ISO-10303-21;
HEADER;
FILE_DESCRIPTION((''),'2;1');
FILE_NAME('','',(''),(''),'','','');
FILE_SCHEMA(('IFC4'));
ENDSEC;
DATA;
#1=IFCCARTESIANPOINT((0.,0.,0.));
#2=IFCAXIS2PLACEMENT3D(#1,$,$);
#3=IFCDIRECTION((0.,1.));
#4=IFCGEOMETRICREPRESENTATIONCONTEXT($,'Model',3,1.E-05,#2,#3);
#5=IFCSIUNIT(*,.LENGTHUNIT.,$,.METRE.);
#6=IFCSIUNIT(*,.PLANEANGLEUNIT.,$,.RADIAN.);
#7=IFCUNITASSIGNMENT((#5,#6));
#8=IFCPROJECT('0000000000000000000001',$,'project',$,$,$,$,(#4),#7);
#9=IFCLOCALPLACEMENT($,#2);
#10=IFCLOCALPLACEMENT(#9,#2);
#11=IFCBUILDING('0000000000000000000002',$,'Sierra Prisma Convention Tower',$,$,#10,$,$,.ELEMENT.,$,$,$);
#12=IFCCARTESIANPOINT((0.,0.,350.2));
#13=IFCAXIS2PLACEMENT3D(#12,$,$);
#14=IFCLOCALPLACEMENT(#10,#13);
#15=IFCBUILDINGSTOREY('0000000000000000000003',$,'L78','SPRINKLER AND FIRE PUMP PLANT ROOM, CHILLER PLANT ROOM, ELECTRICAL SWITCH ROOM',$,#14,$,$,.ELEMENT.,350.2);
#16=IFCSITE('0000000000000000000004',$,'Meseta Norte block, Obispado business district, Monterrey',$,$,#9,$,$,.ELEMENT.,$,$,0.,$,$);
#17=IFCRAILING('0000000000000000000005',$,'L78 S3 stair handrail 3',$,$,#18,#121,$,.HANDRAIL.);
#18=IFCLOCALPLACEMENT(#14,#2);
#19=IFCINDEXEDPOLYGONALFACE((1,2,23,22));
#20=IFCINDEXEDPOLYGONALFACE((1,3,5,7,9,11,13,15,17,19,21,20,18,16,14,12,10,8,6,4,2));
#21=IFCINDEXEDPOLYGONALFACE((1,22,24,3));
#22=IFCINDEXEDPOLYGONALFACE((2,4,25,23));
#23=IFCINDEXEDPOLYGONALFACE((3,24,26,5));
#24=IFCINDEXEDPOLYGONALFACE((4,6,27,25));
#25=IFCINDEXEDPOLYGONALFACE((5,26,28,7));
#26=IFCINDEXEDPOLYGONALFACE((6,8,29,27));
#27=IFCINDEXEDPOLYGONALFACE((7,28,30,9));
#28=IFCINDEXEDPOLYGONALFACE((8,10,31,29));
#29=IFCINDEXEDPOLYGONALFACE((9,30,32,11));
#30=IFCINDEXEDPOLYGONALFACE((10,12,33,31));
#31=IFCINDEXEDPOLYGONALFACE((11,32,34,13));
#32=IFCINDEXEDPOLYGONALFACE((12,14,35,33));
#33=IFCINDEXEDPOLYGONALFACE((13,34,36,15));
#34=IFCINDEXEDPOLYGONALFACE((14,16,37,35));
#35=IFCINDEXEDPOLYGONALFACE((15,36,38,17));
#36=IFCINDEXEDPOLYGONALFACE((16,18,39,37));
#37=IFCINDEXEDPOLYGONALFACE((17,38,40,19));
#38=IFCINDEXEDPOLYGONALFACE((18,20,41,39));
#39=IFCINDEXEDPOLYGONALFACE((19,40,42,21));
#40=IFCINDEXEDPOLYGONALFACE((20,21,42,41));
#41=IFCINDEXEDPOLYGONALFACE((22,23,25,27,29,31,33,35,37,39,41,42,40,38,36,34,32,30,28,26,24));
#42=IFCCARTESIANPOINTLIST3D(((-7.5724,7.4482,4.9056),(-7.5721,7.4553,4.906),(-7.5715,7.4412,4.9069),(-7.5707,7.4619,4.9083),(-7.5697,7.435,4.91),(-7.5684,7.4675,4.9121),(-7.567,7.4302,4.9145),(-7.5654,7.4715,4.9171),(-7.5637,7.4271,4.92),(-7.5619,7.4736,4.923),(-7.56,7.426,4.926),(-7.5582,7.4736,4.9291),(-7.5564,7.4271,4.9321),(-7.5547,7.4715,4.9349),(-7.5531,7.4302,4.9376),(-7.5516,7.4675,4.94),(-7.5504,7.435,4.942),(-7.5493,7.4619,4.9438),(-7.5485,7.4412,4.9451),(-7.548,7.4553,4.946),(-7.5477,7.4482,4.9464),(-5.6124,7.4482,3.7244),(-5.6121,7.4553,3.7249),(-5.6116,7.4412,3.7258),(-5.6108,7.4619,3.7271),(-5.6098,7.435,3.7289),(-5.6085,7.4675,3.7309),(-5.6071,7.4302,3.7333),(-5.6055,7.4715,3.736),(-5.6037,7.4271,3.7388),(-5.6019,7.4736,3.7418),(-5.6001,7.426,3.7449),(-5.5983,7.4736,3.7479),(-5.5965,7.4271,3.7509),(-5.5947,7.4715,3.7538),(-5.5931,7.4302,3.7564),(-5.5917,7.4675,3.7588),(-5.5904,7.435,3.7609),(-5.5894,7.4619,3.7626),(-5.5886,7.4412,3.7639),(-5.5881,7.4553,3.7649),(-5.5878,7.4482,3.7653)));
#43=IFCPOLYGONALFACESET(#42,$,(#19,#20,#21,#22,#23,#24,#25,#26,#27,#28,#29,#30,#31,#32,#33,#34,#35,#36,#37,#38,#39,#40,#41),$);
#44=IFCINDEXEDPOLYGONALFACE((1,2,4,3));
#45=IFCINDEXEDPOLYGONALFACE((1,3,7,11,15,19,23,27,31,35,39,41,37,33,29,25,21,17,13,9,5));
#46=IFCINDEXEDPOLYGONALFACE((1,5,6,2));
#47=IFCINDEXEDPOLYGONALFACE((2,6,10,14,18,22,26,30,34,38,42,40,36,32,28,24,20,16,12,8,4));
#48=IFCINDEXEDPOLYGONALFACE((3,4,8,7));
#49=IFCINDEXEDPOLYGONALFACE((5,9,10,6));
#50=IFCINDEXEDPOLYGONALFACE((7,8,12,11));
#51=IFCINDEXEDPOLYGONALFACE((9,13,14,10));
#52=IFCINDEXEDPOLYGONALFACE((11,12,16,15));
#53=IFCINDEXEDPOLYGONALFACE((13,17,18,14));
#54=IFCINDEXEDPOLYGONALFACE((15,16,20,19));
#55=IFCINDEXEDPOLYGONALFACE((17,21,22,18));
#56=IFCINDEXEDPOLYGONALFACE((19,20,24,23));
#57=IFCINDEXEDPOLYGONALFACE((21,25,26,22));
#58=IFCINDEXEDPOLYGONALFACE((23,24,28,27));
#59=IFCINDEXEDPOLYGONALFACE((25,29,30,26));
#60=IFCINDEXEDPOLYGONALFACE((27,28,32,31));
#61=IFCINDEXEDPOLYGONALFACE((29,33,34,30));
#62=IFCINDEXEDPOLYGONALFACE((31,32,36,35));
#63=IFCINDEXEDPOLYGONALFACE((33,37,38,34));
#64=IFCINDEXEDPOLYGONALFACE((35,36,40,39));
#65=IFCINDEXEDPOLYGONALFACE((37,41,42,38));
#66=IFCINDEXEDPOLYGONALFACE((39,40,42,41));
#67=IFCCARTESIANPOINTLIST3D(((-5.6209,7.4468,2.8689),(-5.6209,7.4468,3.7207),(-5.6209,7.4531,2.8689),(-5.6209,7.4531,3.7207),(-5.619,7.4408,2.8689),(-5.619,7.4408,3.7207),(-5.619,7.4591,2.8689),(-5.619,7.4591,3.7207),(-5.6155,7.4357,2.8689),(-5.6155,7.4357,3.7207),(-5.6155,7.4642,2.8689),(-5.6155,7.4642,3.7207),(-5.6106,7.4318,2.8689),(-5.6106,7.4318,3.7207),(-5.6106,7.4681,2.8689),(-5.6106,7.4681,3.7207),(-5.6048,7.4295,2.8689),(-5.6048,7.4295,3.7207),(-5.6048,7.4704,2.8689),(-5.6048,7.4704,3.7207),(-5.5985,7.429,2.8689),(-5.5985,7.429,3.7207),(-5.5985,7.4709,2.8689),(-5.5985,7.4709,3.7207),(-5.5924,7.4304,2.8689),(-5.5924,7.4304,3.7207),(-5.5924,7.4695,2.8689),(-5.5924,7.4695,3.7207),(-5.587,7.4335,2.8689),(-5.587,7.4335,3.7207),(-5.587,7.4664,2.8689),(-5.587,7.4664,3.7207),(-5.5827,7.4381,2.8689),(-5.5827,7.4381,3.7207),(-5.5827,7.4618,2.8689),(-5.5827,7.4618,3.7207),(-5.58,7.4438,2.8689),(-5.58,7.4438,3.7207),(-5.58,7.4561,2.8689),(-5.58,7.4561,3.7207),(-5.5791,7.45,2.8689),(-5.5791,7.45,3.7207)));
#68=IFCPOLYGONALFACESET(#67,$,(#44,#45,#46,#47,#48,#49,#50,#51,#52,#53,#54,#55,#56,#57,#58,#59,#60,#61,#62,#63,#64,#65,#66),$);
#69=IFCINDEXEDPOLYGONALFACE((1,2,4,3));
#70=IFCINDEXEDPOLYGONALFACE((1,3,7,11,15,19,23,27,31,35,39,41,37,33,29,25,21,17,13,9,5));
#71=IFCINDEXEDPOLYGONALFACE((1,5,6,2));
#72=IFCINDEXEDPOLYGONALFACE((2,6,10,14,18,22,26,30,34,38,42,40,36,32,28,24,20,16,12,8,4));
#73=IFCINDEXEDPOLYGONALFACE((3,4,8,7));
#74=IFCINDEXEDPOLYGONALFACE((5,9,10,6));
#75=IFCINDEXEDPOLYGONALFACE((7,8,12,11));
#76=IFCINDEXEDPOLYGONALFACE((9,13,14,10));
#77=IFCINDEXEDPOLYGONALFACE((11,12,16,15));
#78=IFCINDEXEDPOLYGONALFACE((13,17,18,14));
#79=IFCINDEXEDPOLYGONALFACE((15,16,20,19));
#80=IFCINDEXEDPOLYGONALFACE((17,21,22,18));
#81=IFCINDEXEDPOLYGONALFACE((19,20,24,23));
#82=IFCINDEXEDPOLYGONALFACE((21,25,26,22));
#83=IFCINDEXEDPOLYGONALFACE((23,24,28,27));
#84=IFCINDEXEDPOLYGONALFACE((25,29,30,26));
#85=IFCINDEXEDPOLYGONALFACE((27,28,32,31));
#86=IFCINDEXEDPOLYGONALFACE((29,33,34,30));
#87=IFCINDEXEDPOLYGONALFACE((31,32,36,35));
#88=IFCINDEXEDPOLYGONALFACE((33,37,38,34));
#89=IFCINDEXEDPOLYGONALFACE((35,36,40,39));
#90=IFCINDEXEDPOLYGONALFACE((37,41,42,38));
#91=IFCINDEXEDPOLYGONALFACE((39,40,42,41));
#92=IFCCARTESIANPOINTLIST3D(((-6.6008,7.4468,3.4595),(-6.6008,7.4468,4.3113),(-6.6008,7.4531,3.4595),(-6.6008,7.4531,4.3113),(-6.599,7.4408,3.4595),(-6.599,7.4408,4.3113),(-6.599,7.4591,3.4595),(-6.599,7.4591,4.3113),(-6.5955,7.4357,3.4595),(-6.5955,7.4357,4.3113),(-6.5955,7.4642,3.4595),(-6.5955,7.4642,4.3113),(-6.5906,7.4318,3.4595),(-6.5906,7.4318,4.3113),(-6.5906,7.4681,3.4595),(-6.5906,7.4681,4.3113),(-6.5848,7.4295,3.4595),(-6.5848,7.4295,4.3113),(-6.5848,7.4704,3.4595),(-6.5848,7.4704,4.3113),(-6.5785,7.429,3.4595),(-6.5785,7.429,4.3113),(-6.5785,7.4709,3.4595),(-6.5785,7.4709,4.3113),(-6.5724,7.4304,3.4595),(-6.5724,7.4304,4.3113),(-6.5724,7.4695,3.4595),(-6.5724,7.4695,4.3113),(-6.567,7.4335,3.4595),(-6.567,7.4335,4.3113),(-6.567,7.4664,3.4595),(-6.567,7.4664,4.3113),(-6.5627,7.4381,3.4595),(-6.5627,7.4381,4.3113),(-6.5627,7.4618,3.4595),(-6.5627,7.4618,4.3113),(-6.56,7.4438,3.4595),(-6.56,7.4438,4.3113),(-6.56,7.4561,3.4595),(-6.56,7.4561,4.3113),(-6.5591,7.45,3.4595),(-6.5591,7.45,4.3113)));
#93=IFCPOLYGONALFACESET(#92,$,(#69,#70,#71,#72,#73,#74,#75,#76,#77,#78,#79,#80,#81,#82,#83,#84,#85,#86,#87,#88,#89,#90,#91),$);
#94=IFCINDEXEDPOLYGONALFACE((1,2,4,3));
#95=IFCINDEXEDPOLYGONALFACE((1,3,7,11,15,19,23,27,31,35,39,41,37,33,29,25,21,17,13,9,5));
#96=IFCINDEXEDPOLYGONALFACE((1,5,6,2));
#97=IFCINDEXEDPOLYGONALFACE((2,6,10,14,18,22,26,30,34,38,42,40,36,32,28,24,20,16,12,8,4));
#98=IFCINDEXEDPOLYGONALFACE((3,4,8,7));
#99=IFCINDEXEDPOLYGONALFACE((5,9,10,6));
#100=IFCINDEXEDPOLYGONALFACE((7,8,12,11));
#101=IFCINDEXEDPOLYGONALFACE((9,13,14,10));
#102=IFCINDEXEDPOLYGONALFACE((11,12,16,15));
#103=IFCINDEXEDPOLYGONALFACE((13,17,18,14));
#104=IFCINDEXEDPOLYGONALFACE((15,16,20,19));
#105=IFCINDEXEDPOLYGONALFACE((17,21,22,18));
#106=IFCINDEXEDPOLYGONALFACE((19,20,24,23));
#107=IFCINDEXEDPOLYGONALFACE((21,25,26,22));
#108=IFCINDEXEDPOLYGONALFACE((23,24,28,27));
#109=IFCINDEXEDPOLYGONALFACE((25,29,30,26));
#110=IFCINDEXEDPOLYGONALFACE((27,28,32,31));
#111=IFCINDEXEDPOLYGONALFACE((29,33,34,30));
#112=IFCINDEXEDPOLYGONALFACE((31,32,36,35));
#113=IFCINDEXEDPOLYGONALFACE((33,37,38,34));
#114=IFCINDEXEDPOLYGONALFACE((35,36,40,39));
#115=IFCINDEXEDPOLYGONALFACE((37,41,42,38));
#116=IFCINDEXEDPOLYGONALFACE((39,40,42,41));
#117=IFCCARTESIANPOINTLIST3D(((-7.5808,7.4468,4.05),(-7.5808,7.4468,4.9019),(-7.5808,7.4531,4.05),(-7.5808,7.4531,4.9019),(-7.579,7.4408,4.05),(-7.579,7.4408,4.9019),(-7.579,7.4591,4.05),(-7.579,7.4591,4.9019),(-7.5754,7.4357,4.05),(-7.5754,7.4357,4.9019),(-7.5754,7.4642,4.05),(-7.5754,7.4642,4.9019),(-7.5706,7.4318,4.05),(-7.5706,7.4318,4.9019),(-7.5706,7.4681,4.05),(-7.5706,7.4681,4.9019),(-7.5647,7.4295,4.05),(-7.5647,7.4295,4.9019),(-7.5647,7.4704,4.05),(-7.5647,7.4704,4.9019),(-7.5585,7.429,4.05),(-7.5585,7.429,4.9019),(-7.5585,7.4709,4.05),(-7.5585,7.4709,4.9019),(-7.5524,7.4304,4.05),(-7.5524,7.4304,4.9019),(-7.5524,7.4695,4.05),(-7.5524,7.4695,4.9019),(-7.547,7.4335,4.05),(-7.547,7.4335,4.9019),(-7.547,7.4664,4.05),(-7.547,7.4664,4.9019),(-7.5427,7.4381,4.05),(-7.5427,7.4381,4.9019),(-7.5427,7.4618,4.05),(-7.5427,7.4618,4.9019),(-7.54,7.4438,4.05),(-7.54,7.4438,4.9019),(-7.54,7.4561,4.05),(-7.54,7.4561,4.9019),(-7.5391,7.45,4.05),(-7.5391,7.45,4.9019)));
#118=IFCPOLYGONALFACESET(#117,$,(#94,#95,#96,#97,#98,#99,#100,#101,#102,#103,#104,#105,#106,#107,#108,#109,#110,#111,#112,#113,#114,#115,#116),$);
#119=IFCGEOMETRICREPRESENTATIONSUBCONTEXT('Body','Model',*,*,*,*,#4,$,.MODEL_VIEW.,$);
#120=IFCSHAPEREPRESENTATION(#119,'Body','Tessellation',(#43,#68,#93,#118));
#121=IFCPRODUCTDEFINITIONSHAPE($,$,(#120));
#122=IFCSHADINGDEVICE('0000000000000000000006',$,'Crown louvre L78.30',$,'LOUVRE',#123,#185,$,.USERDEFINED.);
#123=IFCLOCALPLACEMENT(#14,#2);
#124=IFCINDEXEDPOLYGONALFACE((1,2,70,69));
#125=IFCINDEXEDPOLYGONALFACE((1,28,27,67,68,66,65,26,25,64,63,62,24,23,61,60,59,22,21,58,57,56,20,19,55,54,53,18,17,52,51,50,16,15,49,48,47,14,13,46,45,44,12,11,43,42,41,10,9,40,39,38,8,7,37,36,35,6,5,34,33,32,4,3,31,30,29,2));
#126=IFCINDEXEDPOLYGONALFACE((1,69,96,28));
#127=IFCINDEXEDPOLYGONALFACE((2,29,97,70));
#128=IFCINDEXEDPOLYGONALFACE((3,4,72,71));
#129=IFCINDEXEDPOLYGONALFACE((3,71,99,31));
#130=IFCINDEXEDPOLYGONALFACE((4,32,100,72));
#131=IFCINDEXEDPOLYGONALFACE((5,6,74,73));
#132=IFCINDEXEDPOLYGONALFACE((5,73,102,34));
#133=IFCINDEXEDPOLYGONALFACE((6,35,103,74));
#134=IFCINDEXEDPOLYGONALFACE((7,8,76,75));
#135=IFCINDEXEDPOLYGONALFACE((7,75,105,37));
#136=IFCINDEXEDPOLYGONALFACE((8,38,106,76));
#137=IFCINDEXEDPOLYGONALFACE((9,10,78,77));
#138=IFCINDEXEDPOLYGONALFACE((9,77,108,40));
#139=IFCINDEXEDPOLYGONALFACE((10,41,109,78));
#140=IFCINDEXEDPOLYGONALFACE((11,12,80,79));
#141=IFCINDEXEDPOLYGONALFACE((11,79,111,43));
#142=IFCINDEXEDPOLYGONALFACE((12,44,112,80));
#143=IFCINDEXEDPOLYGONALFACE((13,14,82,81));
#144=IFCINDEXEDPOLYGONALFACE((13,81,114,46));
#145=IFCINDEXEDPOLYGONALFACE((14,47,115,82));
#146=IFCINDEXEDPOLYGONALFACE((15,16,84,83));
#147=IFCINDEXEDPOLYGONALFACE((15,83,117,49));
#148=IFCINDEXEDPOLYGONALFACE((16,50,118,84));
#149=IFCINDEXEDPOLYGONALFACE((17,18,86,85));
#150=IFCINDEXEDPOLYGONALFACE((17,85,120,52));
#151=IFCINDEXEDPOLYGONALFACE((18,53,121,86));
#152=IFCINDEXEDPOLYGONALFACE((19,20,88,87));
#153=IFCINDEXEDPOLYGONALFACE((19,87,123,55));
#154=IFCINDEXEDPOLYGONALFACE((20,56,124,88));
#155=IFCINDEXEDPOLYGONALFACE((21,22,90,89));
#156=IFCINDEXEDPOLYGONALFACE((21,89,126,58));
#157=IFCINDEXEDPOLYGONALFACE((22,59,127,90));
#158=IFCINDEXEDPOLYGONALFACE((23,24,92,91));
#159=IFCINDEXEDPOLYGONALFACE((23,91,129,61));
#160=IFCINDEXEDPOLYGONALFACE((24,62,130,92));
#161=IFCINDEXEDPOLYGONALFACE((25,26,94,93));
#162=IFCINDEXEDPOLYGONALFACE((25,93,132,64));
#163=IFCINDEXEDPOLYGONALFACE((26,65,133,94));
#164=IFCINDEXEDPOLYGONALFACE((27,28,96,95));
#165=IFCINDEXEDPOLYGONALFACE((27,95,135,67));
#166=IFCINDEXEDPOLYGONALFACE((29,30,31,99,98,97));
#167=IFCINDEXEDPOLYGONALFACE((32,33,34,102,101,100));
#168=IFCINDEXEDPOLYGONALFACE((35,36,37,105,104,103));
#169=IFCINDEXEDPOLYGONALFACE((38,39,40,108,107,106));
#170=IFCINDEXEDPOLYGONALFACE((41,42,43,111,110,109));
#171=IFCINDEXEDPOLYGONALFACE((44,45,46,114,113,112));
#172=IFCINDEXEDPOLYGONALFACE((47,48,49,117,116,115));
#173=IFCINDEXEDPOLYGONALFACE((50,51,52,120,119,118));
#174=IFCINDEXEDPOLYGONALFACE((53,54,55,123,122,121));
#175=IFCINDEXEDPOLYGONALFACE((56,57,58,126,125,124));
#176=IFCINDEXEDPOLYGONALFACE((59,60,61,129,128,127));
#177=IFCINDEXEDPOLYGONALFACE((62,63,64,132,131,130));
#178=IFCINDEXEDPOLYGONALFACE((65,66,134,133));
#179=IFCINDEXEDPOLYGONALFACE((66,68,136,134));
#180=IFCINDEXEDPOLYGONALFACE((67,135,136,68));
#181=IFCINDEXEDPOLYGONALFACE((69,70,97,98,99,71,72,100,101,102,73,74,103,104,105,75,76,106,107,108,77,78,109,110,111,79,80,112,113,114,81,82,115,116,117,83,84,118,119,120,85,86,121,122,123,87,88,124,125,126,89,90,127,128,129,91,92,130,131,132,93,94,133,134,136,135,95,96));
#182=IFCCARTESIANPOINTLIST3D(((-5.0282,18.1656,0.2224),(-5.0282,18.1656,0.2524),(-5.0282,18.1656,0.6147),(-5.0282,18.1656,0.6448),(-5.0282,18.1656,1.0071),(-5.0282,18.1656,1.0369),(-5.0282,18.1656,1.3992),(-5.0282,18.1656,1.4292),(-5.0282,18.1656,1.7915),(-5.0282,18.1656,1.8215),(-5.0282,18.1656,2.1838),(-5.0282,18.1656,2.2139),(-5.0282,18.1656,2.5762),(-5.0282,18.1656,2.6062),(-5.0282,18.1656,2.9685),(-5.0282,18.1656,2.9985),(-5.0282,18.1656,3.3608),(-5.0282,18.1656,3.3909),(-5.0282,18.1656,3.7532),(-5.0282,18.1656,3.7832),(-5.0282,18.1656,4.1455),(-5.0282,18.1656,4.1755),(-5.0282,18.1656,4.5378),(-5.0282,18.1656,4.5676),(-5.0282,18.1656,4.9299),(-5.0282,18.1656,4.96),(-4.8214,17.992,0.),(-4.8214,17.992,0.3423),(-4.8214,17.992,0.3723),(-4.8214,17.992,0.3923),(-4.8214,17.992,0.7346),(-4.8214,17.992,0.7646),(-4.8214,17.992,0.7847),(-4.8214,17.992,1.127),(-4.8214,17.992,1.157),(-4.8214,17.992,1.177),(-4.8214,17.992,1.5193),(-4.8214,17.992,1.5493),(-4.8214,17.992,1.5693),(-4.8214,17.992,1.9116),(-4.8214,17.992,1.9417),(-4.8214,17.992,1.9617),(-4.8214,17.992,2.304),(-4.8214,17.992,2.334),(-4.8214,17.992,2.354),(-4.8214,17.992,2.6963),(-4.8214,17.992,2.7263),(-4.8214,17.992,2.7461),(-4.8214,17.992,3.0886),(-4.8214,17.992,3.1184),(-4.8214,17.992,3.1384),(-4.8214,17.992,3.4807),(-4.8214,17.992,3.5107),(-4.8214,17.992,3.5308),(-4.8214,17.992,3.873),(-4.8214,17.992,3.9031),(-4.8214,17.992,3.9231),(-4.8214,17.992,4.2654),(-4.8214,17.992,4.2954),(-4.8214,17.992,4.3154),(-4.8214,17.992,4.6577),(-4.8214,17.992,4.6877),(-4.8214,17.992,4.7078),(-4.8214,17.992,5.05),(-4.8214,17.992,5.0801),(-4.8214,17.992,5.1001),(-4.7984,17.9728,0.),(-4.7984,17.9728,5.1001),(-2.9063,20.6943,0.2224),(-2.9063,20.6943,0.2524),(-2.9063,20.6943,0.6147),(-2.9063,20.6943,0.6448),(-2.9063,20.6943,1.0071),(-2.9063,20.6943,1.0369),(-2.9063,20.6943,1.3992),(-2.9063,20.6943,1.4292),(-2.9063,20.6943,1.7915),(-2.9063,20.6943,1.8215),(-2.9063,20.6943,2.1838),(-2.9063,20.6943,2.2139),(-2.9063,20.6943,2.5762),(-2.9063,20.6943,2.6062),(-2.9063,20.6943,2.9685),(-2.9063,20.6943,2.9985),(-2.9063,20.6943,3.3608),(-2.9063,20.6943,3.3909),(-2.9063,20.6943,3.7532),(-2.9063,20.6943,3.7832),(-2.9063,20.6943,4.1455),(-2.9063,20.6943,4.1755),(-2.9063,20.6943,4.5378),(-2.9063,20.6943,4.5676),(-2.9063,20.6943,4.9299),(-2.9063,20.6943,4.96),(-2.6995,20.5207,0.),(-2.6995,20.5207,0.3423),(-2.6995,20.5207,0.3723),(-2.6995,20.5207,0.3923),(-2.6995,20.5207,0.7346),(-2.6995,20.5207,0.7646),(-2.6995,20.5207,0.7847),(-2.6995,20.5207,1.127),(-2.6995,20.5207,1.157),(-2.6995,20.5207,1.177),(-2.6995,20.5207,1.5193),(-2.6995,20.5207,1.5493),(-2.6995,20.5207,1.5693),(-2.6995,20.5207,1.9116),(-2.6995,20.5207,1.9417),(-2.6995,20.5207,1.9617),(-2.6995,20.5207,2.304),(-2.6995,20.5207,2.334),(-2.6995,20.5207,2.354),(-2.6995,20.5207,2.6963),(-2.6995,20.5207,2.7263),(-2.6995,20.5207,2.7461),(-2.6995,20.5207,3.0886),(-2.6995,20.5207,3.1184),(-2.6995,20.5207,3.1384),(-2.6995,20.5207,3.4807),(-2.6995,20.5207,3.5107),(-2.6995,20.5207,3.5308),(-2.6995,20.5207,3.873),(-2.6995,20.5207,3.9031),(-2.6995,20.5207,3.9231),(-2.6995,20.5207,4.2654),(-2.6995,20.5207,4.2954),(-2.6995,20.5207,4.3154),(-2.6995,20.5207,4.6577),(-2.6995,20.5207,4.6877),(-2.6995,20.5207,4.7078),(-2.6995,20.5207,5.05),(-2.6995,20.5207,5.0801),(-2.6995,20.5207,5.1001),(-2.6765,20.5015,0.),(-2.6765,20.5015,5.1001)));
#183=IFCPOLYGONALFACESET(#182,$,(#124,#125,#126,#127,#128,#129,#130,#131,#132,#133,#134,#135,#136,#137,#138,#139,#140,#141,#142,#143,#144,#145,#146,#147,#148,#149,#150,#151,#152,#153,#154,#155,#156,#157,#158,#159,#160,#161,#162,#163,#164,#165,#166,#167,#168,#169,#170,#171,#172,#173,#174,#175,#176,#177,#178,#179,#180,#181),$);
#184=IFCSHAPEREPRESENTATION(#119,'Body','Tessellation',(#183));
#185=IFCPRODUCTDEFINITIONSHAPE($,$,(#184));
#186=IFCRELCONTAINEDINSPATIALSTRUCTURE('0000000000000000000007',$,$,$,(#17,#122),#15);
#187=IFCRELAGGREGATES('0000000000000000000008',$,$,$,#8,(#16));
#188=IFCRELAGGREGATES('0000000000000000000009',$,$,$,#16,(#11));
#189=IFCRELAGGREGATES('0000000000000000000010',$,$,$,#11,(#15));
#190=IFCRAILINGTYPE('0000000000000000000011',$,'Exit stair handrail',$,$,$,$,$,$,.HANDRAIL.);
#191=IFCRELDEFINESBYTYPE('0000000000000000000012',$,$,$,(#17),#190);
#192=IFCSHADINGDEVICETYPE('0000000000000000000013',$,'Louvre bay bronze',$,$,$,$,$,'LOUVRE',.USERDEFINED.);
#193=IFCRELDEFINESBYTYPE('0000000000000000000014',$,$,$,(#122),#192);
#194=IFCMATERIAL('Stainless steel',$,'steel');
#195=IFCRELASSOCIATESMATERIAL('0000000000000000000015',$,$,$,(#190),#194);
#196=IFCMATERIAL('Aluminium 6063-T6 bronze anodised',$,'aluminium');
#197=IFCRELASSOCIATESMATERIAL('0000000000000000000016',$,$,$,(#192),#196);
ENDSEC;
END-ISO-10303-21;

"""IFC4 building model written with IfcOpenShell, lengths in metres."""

from ifc_helpers import new_model, si_unit, direction, frame, origin, origin_2d, place, context, subcontext, project, spatial, polyline, circle, outline, extrude, material, type_object, element, save


model = new_model("IFC4")

# Units and contexts
model_context = context("Model", 3, precision=1e-05, world=origin(), true_north=direction((0.0, 1.0)))
body_context = subcontext(model_context, "Body", "Model", "MODEL_VIEW")
ifc_project = project(units=[si_unit("LENGTHUNIT", "METRE"), si_unit("PLANEANGLEUNIT", "RADIAN")], contexts=[model_context])

# Site, building, storey
site_placement = place(None, origin())
site = spatial("IfcSite", under=ifc_project, at=site_placement, Name="Meseta Norte block, Obispado business district, Monterrey", CompositionType="ELEMENT", RefElevation=0.0)
building_placement = place(site_placement, origin())
building = spatial("IfcBuilding", under=site, at=building_placement, Name="Sierra Prisma Convention Tower", CompositionType="ELEMENT")
storey_placement = place(building_placement, frame((0.0, 0.0, 350.2)))
storey = spatial("IfcBuildingStorey", under=building, at=storey_placement, Name="L78", Description="SPRINKLER AND FIRE PUMP PLANT ROOM, CHILLER PLANT ROOM, ELECTRICAL SWITCH ROOM", CompositionType="ELEMENT", Elevation=350.2)

# Railing
ifc_material_1 = material(Name="Stainless steel", Category="steel")
railing_type_1 = type_object("IfcRailingType", Name="Exit stair handrail", PredefinedType="HANDRAIL", material=ifc_material_1)
railing_1_placement = place(storey_placement, frame((-5.6001, 7.45, 2.8689)))
element("IfcRailing", 1, at=railing_1_placement, inside=storey, type_object=railing_type_1, Name="L78 S3 stair handrail 3", PredefinedType="HANDRAIL", context=body_context, shape_type="SweptSolid", body=[
    extrude(circle(Radius=0.0239, at=origin_2d()), frame((0.0, 0.0, 0.876), z_axis=(-0.856493, 0.0, 0.516158), x_axis=(0.0, -1.0, 0.0)), (0.0, 0.0, 1.0), 2.2883),
    extrude(circle(Radius=0.021, at=origin_2d()), origin(), (0.0, 0.0, 1.0), 0.8518),
    extrude(circle(Radius=0.021, at=origin_2d()), frame((-0.98, 0.0, 0.5906)), (0.0, 0.0, 1.0), 0.8518),
    extrude(circle(Radius=0.021, at=origin_2d()), frame((-1.96, 0.0, 1.1812)), (0.0, 0.0, 1.0), 0.8518),
])

# Shading device
ifc_material_2 = material(Name="Aluminium 6063-T6 bronze anodised", Category="aluminium")
shading_device_type = type_object("IfcShadingDeviceType", Name="Louvre bay bronze", ElementType="LOUVRE", PredefinedType="USERDEFINED", material=ifc_material_2)
shading_device_1_placement = place(storey_placement, frame((-2.6765, 20.5015, 0.0), z_axis=(0.642803, 0.766031, 0.0), x_axis=(0.0, 0.0, 1.0)))
element("IfcShadingDevice", 2, at=shading_device_1_placement, inside=storey, type_object=shading_device_type, Name="Crown louvre L78.30", ObjectType="LOUVRE", PredefinedType="USERDEFINED", context=body_context, shape_type="SweptSolid", body=[
    extrude(outline(polyline([(0.0, 0.0), (5.1001, 0.0), (5.1001, -0.03), (5.0801, -0.03), (4.96, -0.3), (4.9299, -0.3), (5.05, -0.03), (4.7078, -0.03), (4.6877, -0.03), (4.5676, -0.3), (4.5378, -0.3), (4.6577, -0.03), (4.3154, -0.03), (4.2954, -0.03), (4.1755, -0.3), (4.1455, -0.3), (4.2654, -0.03), (3.9231, -0.03), (3.9031, -0.03), (3.7832, -0.3), (3.7532, -0.3), (3.873, -0.03), (3.5308, -0.03), (3.5107, -0.03), (3.3909, -0.3), (3.3608, -0.3), (3.4807, -0.03), (3.1384, -0.03), (3.1184, -0.03), (2.9985, -0.3), (2.9685, -0.3), (3.0886, -0.03), (2.7461, -0.03), (2.7263, -0.03), (2.6062, -0.3), (2.5762, -0.3), (2.6963, -0.03), (2.354, -0.03), (2.334, -0.03), (2.2139, -0.3), (2.1838, -0.3), (2.304, -0.03), (1.9617, -0.03), (1.9417, -0.03), (1.8215, -0.3), (1.7915, -0.3), (1.9116, -0.03), (1.5693, -0.03), (1.5493, -0.03), (1.4292, -0.3), (1.3992, -0.3), (1.5193, -0.03), (1.177, -0.03), (1.157, -0.03), (1.0369, -0.3), (1.0071, -0.3), (1.127, -0.03), (0.7847, -0.03), (0.7646, -0.03), (0.6448, -0.3), (0.6147, -0.3), (0.7346, -0.03), (0.3923, -0.03), (0.3723, -0.03), (0.2524, -0.3), (0.2224, -0.3), (0.3423, -0.03), (0.0, -0.03), (0.0, 0.0)])), origin(), (0.0, 0.0, -1.0), 3.301),
])

save(model, "model.ifc")
